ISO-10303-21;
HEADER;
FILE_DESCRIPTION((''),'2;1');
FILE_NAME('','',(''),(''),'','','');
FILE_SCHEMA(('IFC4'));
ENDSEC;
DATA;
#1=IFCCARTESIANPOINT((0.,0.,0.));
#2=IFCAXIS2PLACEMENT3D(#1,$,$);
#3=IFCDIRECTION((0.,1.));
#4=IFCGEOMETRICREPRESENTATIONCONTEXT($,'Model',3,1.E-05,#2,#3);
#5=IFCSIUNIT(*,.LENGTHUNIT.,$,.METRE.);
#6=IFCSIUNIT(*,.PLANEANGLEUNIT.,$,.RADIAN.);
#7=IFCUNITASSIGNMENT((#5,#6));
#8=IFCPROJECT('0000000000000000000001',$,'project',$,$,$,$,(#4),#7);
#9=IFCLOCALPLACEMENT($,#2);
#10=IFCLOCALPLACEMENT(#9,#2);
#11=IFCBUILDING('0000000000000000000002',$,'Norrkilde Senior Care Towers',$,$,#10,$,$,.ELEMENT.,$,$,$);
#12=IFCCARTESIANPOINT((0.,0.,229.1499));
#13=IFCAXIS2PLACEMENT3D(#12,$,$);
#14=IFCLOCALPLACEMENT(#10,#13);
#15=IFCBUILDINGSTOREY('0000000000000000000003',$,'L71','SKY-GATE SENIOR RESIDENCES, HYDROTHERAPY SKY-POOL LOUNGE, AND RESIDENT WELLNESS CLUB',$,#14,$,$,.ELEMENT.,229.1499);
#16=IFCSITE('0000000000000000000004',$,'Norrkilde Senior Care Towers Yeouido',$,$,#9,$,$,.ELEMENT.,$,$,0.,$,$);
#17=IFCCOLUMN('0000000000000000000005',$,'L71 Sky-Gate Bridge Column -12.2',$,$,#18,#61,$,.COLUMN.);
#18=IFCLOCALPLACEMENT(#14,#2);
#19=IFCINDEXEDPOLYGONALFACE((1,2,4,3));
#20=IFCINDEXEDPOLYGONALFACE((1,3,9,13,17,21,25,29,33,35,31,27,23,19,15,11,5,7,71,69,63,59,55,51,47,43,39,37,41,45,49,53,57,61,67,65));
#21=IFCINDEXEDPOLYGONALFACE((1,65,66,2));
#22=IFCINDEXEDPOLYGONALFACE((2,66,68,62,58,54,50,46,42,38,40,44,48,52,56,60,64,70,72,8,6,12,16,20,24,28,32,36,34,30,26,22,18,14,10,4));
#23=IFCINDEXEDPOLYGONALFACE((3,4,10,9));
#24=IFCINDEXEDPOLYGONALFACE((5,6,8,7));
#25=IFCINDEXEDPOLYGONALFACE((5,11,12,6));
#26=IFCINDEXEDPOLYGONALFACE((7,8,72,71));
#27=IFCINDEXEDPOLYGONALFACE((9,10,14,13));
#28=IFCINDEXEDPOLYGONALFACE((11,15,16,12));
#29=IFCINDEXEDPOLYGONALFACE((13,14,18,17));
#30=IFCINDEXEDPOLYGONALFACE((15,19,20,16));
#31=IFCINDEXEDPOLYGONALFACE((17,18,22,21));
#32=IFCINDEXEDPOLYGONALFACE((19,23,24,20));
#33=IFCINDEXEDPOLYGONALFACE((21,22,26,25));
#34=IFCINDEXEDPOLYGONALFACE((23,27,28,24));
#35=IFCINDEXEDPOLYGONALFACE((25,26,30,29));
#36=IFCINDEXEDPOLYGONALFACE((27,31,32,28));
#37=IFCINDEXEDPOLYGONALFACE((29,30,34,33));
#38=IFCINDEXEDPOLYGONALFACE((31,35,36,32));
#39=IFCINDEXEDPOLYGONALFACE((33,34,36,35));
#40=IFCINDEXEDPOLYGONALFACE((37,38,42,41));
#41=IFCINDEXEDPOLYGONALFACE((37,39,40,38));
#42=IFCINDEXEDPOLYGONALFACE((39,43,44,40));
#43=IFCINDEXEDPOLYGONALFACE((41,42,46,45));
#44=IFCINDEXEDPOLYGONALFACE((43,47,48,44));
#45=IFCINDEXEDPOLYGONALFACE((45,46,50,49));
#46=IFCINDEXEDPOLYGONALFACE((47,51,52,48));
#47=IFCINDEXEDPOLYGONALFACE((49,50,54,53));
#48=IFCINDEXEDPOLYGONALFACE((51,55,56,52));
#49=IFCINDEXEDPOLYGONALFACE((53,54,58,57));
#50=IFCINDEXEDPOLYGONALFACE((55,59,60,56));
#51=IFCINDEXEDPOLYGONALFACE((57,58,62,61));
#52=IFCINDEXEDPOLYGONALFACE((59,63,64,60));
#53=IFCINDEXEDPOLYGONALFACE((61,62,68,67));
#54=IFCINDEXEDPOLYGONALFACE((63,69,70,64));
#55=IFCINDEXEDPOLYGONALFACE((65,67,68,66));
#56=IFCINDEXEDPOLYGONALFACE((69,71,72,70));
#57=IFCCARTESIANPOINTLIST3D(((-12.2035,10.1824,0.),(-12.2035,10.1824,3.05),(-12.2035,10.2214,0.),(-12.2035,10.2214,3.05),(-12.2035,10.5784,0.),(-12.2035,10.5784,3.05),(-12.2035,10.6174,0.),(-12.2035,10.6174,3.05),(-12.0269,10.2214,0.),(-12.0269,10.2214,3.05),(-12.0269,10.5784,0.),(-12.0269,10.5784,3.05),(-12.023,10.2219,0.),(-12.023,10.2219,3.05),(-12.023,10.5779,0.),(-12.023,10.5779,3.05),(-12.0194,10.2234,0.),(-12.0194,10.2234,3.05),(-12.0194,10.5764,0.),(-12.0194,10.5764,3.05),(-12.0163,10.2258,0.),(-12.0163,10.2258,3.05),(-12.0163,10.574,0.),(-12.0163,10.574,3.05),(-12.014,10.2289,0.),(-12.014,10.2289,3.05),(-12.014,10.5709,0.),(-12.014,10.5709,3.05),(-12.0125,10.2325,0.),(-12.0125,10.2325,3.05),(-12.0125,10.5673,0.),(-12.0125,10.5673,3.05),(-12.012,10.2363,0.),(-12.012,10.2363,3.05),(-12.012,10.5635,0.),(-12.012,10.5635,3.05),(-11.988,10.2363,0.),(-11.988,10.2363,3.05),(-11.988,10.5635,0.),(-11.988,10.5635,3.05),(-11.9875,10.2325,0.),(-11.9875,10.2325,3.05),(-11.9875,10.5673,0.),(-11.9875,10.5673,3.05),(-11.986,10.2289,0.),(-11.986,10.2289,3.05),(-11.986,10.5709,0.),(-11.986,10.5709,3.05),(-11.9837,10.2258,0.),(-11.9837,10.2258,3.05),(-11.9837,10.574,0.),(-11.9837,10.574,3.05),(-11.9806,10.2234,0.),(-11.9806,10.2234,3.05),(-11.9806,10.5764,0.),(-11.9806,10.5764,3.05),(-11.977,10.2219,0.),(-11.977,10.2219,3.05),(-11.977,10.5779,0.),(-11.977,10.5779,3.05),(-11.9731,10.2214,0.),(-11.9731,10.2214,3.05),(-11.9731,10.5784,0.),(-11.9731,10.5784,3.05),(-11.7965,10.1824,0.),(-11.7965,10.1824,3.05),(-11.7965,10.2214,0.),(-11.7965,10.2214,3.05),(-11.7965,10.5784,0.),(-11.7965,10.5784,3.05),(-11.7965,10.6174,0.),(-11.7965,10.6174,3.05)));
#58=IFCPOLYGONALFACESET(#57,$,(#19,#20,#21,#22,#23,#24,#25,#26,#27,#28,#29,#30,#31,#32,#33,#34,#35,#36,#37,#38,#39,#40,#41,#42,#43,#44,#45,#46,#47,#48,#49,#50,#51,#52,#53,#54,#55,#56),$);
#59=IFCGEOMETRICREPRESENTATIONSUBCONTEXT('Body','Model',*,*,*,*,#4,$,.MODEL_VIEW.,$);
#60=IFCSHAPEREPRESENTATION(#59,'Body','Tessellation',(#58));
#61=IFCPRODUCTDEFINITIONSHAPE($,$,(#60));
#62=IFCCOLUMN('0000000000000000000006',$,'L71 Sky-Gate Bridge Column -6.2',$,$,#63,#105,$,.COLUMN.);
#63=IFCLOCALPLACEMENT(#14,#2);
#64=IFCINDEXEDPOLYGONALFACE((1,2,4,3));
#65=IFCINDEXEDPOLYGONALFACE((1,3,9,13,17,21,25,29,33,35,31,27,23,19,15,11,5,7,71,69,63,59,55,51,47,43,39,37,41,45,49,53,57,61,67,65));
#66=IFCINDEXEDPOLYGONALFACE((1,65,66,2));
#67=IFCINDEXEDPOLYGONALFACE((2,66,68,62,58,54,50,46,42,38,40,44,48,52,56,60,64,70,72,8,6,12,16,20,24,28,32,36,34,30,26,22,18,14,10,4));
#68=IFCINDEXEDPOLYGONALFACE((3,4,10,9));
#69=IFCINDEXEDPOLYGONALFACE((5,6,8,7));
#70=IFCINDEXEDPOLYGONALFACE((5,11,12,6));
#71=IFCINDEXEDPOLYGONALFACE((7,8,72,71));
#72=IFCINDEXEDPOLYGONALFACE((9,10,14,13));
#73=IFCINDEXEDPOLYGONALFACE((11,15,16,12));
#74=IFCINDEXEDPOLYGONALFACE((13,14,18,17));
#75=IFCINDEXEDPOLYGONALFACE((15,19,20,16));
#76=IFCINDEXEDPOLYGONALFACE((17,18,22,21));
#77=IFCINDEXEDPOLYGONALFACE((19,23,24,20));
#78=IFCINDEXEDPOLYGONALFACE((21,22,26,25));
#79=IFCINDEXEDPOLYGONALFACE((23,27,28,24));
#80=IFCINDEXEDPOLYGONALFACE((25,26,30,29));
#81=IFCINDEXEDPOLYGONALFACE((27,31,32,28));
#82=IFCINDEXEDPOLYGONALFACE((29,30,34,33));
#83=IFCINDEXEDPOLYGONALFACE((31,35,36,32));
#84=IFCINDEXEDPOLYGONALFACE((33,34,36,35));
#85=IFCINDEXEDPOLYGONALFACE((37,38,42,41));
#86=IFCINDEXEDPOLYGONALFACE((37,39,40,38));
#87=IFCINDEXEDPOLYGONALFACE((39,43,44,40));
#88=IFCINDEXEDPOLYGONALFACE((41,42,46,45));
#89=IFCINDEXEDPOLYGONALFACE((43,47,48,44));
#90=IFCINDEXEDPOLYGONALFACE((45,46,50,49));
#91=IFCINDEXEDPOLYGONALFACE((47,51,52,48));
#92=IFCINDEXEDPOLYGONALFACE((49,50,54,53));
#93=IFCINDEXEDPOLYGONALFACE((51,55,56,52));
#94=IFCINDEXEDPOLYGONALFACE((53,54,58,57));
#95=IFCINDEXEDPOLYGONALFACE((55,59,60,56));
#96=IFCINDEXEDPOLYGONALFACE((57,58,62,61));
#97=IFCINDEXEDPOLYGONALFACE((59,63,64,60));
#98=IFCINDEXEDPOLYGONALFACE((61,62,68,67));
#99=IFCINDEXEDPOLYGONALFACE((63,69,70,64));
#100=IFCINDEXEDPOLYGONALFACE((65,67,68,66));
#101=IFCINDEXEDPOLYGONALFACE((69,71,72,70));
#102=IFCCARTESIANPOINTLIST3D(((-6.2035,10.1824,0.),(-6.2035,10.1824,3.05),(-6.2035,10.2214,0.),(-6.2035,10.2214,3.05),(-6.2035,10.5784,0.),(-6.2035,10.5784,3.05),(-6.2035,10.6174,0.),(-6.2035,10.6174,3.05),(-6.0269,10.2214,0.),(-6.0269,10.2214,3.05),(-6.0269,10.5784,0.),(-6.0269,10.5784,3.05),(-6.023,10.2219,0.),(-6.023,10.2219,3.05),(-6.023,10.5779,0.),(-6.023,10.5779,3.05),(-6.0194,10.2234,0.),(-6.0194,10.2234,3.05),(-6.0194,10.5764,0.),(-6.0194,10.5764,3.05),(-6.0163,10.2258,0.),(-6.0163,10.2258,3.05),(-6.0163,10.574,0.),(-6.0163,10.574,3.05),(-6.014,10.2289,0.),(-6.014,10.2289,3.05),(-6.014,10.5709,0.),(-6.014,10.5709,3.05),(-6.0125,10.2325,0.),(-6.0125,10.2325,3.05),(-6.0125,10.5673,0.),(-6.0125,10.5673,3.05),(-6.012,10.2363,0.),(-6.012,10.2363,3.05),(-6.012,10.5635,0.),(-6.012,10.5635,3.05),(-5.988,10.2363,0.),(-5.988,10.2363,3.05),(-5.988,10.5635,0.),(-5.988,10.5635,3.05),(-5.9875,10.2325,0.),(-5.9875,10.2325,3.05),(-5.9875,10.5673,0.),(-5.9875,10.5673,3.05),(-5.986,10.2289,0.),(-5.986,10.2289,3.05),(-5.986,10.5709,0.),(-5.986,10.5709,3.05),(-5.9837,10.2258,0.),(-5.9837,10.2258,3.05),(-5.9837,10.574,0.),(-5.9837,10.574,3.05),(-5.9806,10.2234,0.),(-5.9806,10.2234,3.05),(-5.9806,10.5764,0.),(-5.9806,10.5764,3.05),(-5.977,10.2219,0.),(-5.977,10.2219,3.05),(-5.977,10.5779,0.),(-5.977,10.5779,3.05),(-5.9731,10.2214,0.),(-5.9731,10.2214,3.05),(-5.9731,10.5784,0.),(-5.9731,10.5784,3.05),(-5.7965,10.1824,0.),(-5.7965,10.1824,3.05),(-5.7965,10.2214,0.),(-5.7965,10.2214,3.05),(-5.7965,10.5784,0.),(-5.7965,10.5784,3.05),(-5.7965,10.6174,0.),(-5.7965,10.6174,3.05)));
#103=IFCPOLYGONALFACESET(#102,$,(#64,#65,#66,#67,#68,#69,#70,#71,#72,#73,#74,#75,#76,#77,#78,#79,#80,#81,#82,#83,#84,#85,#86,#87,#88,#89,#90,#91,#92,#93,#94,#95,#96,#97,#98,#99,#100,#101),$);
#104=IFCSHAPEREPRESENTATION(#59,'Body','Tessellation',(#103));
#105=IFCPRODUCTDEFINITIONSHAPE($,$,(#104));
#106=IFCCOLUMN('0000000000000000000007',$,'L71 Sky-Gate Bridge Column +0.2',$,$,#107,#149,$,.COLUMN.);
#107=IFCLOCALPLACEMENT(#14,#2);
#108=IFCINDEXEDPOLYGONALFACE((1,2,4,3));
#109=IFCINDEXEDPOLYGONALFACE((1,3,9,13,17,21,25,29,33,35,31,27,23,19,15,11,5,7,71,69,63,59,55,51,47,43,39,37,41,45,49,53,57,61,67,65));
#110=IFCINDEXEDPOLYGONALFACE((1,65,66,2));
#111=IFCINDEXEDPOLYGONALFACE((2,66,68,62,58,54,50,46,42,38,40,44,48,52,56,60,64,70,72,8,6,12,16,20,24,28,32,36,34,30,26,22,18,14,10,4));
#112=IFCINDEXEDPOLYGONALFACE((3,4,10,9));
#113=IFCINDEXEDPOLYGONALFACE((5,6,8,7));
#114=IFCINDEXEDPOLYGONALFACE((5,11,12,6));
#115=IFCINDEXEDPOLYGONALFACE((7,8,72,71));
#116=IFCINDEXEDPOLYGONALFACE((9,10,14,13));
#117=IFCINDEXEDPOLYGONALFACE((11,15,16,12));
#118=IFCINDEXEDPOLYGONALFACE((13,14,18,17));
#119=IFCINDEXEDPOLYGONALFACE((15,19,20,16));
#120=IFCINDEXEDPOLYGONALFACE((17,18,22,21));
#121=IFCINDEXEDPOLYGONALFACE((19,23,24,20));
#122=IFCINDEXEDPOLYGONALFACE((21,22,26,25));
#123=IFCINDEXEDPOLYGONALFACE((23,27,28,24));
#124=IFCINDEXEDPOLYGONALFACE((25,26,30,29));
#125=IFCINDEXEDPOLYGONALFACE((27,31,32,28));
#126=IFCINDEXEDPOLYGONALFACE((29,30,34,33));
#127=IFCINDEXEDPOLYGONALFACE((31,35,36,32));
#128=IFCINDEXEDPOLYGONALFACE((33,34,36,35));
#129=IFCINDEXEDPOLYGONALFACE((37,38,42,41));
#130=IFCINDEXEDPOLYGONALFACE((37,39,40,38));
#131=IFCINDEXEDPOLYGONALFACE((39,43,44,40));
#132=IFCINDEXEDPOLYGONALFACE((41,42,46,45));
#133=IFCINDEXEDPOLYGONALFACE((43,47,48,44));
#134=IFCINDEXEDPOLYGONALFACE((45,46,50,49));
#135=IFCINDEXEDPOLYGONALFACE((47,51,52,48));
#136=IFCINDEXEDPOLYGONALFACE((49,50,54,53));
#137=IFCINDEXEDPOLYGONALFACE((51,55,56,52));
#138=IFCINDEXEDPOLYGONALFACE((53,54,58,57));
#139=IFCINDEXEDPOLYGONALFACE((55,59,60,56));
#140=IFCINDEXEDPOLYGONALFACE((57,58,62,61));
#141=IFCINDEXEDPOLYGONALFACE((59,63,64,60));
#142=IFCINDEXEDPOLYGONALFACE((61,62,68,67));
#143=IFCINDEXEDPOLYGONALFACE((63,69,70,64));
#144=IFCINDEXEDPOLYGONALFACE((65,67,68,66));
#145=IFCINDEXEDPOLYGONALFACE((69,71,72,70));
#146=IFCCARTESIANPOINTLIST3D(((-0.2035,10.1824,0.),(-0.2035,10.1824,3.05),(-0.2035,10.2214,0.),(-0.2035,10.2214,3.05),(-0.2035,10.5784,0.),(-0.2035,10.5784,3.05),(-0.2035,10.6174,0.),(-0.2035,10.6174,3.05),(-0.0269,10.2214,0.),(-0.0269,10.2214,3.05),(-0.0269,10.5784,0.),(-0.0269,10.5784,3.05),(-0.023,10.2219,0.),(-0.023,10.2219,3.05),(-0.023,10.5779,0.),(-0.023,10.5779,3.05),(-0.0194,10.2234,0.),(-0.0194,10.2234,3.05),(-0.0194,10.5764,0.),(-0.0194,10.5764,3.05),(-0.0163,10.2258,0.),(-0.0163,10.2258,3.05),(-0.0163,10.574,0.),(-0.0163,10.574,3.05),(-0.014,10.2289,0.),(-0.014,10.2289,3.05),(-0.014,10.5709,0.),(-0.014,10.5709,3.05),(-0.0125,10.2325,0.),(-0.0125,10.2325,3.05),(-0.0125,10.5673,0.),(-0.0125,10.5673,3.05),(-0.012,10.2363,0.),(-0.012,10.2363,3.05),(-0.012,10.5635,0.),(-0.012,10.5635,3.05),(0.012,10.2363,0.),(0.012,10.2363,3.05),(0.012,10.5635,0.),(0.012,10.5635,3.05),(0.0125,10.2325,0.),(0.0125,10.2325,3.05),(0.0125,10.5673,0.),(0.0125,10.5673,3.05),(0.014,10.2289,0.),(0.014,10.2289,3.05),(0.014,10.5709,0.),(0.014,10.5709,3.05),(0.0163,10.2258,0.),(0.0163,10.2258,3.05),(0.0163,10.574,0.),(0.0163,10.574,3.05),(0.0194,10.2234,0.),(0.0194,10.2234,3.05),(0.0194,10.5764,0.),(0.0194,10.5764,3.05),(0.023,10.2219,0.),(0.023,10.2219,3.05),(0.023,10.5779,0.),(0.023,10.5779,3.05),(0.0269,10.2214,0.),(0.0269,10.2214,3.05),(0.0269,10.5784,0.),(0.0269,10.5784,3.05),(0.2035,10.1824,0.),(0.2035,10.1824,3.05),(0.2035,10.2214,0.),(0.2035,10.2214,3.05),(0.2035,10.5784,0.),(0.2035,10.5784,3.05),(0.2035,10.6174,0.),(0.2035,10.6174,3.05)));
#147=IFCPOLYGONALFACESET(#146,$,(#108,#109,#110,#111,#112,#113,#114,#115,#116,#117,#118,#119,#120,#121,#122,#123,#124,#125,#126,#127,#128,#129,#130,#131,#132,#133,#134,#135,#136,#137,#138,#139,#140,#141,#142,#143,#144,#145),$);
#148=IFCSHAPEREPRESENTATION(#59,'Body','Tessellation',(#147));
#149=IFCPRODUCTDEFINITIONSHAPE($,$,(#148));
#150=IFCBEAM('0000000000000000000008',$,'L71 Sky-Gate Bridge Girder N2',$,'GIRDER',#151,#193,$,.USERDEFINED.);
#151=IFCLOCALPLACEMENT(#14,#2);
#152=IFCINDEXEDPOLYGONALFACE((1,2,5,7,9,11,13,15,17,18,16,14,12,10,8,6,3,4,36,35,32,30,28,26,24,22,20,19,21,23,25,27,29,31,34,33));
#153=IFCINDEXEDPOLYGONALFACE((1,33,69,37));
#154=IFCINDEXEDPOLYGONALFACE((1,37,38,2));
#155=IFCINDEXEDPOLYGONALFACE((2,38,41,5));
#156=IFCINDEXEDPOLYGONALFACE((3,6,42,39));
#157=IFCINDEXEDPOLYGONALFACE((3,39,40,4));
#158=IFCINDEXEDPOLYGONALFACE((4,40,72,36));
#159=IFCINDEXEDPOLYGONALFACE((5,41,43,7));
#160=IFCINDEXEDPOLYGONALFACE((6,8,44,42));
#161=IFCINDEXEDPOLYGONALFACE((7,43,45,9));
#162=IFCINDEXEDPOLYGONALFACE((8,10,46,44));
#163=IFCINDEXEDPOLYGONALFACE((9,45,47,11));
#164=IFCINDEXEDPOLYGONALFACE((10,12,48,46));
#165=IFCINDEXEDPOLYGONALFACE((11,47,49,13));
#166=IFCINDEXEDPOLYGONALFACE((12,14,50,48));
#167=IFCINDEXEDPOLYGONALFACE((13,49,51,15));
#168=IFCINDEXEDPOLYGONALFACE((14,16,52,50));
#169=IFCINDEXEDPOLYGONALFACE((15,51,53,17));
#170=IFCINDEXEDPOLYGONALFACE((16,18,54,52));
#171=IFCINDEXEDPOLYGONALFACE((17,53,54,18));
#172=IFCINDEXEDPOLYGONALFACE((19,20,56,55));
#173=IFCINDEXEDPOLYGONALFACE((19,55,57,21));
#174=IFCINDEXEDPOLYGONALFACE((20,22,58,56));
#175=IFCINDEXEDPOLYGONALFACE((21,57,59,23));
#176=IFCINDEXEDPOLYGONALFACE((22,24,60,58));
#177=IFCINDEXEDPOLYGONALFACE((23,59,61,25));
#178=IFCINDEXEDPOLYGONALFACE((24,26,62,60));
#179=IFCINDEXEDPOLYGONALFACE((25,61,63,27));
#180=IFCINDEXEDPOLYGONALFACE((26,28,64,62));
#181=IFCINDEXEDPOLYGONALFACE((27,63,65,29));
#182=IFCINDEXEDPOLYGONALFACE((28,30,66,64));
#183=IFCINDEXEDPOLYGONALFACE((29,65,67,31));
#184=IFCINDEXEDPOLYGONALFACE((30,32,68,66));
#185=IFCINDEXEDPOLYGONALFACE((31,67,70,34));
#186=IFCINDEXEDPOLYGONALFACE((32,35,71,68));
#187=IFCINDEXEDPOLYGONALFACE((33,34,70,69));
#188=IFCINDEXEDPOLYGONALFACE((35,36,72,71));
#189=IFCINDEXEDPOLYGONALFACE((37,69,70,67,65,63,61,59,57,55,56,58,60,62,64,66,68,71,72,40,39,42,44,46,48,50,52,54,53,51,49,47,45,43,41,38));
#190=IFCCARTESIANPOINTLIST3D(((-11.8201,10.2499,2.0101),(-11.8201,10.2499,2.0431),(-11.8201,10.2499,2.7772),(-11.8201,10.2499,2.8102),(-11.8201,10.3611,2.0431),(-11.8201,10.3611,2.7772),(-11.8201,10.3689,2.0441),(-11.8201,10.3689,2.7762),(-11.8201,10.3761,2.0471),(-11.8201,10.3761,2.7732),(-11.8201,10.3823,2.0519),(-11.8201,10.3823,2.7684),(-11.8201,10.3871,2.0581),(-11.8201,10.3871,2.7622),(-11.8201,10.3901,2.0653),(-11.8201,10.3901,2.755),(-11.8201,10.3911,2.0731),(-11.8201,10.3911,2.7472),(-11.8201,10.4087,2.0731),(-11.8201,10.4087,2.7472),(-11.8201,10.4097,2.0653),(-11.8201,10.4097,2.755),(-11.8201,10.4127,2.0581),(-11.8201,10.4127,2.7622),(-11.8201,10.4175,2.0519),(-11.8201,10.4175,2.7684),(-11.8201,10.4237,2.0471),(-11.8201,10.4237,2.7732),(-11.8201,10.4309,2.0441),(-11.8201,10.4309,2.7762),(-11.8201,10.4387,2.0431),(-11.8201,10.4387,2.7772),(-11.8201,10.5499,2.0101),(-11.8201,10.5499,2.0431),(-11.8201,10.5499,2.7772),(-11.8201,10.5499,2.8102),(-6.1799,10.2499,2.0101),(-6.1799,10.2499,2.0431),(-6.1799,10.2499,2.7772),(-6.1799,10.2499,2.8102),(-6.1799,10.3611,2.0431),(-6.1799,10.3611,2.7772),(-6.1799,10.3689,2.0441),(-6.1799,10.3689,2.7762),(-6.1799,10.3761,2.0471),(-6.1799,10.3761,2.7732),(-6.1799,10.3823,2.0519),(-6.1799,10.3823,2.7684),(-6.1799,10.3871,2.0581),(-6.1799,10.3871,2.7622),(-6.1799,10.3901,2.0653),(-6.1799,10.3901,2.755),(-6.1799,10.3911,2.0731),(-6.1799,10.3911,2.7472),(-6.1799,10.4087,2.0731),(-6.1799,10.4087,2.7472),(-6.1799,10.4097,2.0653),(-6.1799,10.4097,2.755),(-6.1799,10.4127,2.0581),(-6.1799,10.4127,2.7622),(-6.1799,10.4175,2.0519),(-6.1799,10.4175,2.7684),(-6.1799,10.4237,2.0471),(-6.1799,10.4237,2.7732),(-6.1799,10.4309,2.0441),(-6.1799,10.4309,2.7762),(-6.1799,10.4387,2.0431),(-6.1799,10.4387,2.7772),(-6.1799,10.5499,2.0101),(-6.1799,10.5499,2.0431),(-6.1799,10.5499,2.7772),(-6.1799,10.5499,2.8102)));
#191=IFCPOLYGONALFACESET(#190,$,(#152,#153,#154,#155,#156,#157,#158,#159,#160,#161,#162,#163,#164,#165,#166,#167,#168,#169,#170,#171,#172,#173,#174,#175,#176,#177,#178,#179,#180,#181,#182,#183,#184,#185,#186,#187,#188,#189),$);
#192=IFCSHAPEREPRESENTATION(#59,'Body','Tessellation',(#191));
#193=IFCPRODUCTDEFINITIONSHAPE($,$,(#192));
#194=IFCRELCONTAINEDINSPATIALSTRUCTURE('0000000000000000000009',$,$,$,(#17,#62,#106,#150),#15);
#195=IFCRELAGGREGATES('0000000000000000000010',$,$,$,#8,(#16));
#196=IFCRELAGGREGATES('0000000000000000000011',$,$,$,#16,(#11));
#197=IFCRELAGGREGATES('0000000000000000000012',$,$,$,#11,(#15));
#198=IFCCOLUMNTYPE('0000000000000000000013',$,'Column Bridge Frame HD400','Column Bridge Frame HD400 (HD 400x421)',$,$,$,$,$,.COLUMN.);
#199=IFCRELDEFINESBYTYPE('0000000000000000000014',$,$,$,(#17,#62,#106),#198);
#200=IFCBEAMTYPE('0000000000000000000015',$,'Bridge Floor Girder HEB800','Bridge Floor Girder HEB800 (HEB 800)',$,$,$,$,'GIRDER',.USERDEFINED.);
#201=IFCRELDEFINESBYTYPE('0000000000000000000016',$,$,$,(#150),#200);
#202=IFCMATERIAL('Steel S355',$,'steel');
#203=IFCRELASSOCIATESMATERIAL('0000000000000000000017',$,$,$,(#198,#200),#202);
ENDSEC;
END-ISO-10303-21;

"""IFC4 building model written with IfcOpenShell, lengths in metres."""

from ifc_helpers import new_model, si_unit, direction, frame, origin, origin_2d, place, context, subcontext, project, spatial, i_section, extrude, source, transform, mapped, material, material_profile, profile_set, type_object, type_shapes, element, save


model = new_model("IFC4")

# Units and contexts
model_context = context("Model", 3, precision=1e-05, world=origin(), true_north=direction((0.0, 1.0)))
body_context = subcontext(model_context, "Body", "Model", "MODEL_VIEW")
ifc_project = project(units=[si_unit("LENGTHUNIT", "METRE"), si_unit("PLANEANGLEUNIT", "RADIAN")], contexts=[model_context])

# Site, building, storey
site_placement = place(None, origin())
site = spatial("IfcSite", under=ifc_project, at=site_placement, Name="Norrkilde Senior Care Towers Yeouido", CompositionType="ELEMENT", RefElevation=0.0)
building_placement = place(site_placement, origin())
building = spatial("IfcBuilding", under=site, at=building_placement, Name="Norrkilde Senior Care Towers", CompositionType="ELEMENT")
storey_placement = place(building_placement, frame((0.0, 0.0, 229.1499)))
storey = spatial("IfcBuildingStorey", under=building, at=storey_placement, Name="L71", Description="SKY-GATE SENIOR RESIDENCES, HYDROTHERAPY SKY-POOL LOUNGE, AND RESIDENT WELLNESS CLUB", CompositionType="ELEMENT", Elevation=229.1499)

# Columns
ifc_material_1 = material(Name="Steel S355", Category="steel")
ifc_material_profile_1 = material_profile(ifc_material_1, i_section(OverallWidth=0.407, OverallDepth=0.4351, WebThickness=0.0239, FlangeThickness=0.0391, FilletRadius=0.0149, at=origin_2d()), Name="HD 400x421")
ifc_profile_set_1 = profile_set([ifc_material_profile_1], Name="Steel S355")
column_type = type_object("IfcColumnType", Name="Column Bridge Frame HD400", Description="Column Bridge Frame HD400 (HD 400x421)", PredefinedType="COLUMN", material=ifc_profile_set_1)
shared_shape_1 = source(origin(), body_context, "Body", "SweptSolid", [
    extrude(i_section(OverallWidth=0.407, OverallDepth=0.4351, WebThickness=0.0239, FlangeThickness=0.0391, FilletRadius=0.0149, at=origin_2d()), origin(), (0.0, 0.0, 1.0), 3.05),
])
type_shapes(column_type, [shared_shape_1])
for number, where, z_axis, x_axis, name in (
    (1, (-12.0, 10.3999, 0.0), (0.0, 0.0, 1.0), (1.0, 0.0, 0.0), "L71 Sky-Gate Bridge Column -12.2"),
    (2, (-6.0, 10.3999, 0.0), (0.0, 0.0, 1.0), (1.0, 0.0, 0.0), "L71 Sky-Gate Bridge Column -6.2"),
    (3, (0.0, 10.3999, 0.0), (0.0, 0.0, 1.0), (1.0, 0.0, 0.0), "L71 Sky-Gate Bridge Column +0.2"),
):
    element("IfcColumn", number, at=place(storey_placement, frame(where, z_axis=z_axis, x_axis=x_axis)), inside=storey, type_object=column_type, Name=name, PredefinedType="COLUMN", context=body_context, shape_type="MappedRepresentation", body=[
        mapped(shared_shape_1, transform((0.0, 0.0, 0.0), x_axis=(1.0, 0.0, 0.0), y_axis=(0.0, 1.0, 0.0), z_axis=(0.0, 0.0, 1.0), scale=1.0)),
    ])

# Beam
ifc_material_profile_2 = material_profile(ifc_material_1, i_section(OverallWidth=0.3, OverallDepth=0.8, WebThickness=0.0176, FlangeThickness=0.033, FilletRadius=0.03, at=origin_2d()), Name="HEB 800")
ifc_profile_set_2 = profile_set([ifc_material_profile_2], Name="Steel S355")
beam_type_1 = type_object("IfcBeamType", Name="Bridge Floor Girder HEB800", Description="Bridge Floor Girder HEB800 (HEB 800)", ElementType="GIRDER", PredefinedType="USERDEFINED", material=ifc_profile_set_2)
shared_shape_2 = source(origin(), body_context, "Body", "SweptSolid", [
    extrude(i_section(OverallWidth=0.3, OverallDepth=0.8, WebThickness=0.0176, FlangeThickness=0.033, FilletRadius=0.03, at=origin_2d()), origin(), (0.0, 0.0, 1.0), 5.6401),
])
type_shapes(beam_type_1, [shared_shape_2])
for number, where, z_axis, x_axis, name in (
    (4, (-11.8201, 10.3999, 2.4102), (1.0, 0.0, 0.0), (0.0, 1.0, 0.0), "L71 Sky-Gate Bridge Girder N2"),
):
    element("IfcBeam", number, at=place(storey_placement, frame(where, z_axis=z_axis, x_axis=x_axis)), inside=storey, type_object=beam_type_1, Name=name, ObjectType="GIRDER", PredefinedType="USERDEFINED", context=body_context, shape_type="MappedRepresentation", body=[
        mapped(shared_shape_2, transform((0.0, 0.0, 0.0), x_axis=(1.0, 0.0, 0.0), y_axis=(0.0, 1.0, 0.0), z_axis=(0.0, 0.0, 1.0), scale=1.0)),
    ])

save(model, "model.ifc")
